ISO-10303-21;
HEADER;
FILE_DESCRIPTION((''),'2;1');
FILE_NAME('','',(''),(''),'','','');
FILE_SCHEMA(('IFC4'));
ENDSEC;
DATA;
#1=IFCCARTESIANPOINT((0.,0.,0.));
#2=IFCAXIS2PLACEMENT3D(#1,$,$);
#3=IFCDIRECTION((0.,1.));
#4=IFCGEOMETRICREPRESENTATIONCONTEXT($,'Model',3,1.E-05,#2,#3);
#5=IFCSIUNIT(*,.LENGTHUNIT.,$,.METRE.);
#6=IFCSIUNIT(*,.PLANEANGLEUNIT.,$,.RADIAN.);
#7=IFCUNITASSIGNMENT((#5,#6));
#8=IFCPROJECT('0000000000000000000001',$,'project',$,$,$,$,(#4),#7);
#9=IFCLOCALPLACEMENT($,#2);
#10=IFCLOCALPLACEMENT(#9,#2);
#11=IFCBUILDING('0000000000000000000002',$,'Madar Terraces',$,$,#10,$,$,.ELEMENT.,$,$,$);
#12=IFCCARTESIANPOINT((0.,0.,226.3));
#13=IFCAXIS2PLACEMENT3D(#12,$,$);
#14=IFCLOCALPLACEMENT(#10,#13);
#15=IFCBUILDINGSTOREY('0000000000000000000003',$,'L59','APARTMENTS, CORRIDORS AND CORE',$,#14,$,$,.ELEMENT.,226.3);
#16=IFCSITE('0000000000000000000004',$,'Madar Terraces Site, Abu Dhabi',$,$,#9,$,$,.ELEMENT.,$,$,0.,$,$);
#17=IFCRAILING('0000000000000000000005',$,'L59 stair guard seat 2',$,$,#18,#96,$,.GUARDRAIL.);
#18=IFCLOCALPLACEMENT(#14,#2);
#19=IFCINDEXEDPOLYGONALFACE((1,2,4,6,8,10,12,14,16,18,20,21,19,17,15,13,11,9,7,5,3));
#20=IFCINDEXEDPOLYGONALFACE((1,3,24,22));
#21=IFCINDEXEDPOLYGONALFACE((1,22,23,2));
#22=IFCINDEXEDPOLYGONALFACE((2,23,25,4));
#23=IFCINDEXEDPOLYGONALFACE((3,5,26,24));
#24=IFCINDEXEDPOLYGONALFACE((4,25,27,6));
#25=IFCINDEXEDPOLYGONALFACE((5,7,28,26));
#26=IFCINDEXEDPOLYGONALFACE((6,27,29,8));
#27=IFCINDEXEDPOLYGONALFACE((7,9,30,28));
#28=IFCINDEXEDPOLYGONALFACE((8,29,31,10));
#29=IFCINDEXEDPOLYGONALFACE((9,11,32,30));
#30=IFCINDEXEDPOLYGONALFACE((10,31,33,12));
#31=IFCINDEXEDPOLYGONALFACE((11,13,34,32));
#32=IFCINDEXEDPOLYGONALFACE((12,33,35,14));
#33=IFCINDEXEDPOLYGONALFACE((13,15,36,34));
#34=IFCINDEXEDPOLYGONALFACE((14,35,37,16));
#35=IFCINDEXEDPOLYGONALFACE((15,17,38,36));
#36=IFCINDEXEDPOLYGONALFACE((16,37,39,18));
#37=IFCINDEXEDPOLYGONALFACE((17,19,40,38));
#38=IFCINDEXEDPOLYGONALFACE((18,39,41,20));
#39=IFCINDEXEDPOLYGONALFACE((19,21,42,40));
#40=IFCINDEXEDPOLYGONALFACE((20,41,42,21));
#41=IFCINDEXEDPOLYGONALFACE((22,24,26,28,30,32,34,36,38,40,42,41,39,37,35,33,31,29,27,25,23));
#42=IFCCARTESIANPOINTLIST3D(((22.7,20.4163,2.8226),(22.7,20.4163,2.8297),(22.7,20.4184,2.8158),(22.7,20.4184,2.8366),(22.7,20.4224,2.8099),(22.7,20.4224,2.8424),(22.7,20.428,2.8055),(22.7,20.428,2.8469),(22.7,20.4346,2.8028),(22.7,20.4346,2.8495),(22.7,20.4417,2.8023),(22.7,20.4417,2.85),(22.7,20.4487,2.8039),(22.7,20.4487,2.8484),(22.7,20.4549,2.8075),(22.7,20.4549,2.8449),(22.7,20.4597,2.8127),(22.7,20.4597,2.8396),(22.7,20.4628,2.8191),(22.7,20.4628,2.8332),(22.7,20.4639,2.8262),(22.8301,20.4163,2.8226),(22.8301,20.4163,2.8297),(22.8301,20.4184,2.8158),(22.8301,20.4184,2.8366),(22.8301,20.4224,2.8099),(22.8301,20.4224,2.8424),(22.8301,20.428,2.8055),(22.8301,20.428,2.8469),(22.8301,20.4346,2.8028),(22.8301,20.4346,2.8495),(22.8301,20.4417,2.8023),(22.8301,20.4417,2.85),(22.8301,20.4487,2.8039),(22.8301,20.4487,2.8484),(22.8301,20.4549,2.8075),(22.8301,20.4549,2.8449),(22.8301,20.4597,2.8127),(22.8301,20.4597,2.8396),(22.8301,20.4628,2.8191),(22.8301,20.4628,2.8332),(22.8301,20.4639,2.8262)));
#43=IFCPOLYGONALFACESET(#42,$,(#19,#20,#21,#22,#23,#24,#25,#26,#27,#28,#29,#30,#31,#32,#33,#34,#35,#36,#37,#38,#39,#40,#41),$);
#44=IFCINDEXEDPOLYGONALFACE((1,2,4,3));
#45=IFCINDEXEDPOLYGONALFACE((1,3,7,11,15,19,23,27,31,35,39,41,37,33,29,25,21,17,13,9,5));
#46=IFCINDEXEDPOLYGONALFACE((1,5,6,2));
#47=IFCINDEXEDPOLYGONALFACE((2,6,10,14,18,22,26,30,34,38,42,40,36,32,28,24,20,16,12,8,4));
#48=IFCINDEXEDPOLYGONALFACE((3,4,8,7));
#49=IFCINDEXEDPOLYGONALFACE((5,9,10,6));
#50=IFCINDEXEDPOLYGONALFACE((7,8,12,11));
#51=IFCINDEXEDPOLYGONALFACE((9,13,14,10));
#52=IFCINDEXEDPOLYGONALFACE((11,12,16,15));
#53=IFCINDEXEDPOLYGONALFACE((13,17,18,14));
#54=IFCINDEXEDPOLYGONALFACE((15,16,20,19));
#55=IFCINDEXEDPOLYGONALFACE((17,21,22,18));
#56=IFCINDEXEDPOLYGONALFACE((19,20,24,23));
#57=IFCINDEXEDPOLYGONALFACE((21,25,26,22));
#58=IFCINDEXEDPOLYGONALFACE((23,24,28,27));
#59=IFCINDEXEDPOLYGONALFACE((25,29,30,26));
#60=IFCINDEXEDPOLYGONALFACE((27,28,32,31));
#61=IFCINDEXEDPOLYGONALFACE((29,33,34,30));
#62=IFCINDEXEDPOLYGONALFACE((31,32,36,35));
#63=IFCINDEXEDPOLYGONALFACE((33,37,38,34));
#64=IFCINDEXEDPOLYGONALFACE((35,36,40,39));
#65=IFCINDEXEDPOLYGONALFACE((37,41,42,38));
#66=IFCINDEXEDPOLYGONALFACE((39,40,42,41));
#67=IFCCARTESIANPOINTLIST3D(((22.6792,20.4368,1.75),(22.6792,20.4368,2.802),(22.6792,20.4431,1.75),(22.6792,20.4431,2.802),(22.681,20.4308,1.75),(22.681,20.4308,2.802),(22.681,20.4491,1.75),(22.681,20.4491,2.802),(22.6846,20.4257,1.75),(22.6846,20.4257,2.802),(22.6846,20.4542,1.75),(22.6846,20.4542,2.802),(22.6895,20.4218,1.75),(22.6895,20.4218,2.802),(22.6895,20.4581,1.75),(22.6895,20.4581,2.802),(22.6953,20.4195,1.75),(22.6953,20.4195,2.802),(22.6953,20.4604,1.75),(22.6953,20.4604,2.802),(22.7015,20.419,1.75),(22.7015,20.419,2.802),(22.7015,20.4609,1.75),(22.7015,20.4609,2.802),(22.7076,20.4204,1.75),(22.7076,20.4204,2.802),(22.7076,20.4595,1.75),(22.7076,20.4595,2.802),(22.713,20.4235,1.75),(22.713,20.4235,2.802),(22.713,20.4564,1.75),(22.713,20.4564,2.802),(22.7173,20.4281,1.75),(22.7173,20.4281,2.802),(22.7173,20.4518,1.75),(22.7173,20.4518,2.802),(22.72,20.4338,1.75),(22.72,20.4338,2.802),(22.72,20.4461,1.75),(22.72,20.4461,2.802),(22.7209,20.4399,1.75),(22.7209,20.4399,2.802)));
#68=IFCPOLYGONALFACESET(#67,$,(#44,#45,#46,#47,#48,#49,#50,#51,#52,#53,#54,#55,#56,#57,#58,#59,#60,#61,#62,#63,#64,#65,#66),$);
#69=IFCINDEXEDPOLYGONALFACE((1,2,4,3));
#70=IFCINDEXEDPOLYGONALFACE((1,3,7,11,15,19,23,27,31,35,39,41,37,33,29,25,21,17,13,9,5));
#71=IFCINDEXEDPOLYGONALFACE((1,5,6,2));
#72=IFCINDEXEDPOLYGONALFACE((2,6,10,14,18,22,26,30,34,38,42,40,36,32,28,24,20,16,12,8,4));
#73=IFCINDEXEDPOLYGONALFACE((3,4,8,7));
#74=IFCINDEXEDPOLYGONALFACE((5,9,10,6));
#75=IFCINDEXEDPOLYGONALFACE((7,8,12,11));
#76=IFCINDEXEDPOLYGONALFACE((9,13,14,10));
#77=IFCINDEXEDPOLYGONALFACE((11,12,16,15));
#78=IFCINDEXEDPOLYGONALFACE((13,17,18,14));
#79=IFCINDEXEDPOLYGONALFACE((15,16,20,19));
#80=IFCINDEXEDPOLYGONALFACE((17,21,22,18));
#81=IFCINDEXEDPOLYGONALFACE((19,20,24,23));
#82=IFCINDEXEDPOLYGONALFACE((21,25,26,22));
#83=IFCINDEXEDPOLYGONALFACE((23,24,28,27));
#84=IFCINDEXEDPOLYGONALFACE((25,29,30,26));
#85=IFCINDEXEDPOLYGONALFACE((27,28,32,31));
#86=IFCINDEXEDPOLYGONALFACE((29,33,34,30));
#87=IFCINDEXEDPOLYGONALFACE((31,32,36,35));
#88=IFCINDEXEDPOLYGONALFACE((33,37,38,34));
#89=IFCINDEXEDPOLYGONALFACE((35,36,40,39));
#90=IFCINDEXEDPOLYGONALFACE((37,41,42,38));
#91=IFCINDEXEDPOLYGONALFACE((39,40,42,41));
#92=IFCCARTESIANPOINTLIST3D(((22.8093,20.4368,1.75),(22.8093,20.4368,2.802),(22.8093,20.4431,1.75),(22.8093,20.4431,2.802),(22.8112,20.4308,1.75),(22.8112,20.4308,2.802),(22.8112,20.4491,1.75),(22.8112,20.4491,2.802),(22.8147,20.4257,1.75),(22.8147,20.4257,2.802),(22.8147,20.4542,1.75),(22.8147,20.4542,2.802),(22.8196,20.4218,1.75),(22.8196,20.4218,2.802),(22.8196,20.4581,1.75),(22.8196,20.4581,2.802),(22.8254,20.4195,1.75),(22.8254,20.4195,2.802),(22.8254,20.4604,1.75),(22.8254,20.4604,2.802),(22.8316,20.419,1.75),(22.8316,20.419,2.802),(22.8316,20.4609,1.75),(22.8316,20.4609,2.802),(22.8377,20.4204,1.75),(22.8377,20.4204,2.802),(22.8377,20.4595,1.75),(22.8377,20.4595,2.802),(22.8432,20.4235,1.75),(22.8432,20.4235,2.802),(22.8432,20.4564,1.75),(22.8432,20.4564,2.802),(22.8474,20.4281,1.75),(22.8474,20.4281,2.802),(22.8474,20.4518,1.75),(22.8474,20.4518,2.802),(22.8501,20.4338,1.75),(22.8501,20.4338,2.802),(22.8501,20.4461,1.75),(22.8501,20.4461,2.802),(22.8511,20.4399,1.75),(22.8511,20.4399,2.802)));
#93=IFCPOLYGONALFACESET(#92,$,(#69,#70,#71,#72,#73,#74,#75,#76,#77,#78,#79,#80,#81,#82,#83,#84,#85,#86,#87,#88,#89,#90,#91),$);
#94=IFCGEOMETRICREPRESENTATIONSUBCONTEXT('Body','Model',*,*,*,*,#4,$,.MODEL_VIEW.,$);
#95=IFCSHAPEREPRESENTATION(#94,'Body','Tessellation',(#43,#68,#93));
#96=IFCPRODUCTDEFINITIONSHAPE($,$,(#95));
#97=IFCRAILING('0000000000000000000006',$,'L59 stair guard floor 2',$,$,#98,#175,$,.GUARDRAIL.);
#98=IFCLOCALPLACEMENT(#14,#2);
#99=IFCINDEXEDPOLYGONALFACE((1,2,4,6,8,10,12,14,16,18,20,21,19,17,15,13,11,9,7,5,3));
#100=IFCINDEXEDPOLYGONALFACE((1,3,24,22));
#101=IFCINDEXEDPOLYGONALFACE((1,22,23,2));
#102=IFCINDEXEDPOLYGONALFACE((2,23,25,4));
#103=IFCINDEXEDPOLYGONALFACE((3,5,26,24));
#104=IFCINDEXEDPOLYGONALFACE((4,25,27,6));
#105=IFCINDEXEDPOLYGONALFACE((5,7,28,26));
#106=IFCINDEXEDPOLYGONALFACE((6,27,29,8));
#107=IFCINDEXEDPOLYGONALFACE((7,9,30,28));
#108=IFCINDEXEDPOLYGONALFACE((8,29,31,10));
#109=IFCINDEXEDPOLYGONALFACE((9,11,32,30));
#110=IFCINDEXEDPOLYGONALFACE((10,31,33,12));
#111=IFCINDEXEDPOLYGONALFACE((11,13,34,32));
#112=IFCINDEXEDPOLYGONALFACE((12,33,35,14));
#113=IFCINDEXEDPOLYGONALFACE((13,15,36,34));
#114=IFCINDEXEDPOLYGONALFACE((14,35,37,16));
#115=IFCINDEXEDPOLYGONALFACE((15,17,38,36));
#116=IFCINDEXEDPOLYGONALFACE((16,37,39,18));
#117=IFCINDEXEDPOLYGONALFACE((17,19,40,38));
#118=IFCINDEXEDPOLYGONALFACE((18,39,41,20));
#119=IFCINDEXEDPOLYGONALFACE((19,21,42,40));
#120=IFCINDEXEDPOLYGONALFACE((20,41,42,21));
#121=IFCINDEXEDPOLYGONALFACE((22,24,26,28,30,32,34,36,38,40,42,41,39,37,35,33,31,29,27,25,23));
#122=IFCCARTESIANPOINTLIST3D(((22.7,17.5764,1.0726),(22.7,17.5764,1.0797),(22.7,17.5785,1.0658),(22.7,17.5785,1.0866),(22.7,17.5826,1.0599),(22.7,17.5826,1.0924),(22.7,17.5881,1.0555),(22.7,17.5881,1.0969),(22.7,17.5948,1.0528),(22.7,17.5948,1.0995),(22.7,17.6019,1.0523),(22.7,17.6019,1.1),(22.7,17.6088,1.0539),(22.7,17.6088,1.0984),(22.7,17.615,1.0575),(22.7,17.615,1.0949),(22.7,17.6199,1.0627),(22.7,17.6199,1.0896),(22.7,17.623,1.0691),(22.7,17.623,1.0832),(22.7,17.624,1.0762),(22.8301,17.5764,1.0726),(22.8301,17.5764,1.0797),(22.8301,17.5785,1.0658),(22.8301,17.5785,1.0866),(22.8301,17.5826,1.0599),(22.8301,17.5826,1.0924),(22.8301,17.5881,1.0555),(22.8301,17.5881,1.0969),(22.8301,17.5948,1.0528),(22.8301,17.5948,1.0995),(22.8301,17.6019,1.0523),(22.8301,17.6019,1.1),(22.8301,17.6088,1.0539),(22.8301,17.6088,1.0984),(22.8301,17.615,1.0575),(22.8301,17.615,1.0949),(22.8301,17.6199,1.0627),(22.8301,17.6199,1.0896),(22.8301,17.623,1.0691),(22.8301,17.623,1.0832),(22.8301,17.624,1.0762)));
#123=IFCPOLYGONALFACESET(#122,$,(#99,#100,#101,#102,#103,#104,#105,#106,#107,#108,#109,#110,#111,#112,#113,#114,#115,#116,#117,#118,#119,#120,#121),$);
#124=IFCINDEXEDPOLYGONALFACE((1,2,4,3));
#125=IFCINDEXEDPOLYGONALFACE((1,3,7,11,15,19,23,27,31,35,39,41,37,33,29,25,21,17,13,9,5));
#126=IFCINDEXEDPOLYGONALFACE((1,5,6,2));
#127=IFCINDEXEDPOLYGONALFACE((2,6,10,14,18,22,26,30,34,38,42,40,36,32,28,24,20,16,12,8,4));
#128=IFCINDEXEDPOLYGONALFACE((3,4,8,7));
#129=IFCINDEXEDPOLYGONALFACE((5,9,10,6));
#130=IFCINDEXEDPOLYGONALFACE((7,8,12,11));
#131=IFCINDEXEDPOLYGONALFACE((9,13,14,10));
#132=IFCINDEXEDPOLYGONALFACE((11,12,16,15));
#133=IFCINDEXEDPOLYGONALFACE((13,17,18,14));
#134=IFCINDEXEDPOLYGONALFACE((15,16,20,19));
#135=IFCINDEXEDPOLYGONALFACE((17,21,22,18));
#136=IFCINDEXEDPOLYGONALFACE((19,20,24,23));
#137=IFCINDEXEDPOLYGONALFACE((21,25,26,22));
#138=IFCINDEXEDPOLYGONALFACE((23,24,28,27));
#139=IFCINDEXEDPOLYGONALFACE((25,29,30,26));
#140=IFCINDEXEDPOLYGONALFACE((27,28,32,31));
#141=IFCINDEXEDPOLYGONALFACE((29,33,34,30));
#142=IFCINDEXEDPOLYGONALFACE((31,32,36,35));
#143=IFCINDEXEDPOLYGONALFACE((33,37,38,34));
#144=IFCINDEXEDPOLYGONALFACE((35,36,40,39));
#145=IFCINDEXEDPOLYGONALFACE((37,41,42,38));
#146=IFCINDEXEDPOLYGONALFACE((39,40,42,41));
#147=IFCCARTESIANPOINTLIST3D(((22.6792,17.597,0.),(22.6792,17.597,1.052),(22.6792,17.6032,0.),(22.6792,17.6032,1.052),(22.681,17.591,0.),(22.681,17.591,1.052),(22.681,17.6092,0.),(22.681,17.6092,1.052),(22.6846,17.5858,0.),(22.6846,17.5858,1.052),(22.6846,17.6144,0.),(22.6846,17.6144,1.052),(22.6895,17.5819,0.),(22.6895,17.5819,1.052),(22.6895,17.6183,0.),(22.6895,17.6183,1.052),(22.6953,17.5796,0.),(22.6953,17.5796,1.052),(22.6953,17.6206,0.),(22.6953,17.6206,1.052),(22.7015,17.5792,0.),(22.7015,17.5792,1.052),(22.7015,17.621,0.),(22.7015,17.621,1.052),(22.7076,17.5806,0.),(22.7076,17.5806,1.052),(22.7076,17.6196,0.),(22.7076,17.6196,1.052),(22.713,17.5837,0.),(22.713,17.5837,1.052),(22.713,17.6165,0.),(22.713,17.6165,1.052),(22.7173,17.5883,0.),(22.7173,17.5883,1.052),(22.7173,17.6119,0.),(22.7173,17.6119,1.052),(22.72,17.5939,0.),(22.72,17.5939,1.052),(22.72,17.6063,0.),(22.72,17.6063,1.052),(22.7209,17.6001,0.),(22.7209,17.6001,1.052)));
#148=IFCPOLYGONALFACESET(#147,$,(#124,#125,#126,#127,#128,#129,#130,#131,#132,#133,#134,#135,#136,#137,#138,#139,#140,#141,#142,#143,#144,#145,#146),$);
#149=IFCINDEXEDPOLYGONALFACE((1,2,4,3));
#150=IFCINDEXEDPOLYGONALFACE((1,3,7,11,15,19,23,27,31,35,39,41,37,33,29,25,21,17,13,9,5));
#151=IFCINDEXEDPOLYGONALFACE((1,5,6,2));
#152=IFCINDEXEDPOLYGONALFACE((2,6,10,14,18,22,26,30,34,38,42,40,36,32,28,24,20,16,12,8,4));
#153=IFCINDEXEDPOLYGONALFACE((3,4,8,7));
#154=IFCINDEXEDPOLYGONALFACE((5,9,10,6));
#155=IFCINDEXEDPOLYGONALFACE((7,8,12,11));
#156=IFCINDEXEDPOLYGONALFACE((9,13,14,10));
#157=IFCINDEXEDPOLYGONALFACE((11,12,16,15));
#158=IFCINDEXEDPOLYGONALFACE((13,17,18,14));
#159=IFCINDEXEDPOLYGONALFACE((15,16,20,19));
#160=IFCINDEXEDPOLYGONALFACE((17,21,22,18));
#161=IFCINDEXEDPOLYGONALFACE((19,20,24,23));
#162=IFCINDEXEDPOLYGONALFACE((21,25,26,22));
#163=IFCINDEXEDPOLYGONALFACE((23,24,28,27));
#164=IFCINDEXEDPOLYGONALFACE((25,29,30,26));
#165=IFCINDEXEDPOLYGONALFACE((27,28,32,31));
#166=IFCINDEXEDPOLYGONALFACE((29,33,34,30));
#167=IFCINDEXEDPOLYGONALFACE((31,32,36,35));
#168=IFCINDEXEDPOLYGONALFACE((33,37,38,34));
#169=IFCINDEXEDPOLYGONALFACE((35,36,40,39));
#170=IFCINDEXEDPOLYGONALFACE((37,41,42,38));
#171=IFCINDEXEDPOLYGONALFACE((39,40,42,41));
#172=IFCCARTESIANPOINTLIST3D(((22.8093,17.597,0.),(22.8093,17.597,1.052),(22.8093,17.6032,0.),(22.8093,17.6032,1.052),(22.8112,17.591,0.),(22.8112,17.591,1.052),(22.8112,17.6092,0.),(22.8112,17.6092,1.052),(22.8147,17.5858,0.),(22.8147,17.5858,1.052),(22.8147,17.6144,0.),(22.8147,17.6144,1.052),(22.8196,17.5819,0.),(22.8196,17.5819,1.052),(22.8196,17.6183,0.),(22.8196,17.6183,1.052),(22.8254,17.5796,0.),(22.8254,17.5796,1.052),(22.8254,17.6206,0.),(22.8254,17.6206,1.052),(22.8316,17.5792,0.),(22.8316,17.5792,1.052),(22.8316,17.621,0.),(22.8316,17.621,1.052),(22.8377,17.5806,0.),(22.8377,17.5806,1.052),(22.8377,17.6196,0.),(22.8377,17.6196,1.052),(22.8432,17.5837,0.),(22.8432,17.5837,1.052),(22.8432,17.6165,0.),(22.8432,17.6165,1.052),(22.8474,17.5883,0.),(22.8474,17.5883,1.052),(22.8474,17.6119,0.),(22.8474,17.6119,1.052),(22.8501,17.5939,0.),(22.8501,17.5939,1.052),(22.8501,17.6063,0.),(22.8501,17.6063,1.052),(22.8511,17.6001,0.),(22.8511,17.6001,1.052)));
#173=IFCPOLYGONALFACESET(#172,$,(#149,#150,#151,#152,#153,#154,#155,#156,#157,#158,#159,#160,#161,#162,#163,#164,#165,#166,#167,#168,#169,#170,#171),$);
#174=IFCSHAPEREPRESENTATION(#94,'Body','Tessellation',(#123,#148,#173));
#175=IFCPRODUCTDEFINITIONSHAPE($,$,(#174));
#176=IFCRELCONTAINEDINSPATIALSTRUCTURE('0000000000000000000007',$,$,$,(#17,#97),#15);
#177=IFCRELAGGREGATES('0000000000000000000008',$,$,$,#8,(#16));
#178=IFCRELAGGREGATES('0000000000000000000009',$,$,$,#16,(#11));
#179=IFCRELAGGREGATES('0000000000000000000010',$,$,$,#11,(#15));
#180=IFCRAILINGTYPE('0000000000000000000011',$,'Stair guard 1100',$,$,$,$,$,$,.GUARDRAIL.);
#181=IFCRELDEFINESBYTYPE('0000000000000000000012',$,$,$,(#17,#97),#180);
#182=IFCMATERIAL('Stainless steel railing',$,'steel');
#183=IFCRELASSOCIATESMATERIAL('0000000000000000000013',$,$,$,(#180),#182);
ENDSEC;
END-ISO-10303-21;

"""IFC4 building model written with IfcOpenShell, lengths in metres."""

from ifc_helpers import new_model, si_unit, direction, frame, origin, origin_2d, place, context, subcontext, project, spatial, circle, extrude, material, type_object, element, save


model = new_model("IFC4")

# Units and contexts
model_context = context("Model", 3, precision=1e-05, world=origin(), true_north=direction((0.0, 1.0)))
body_context = subcontext(model_context, "Body", "Model", "MODEL_VIEW")
ifc_project = project(units=[si_unit("LENGTHUNIT", "METRE"), si_unit("PLANEANGLEUNIT", "RADIAN")], contexts=[model_context])

# Site, building, storey
site_placement = place(None, origin())
site = spatial("IfcSite", under=ifc_project, at=site_placement, Name="Madar Terraces Site, Abu Dhabi", CompositionType="ELEMENT", RefElevation=0.0)
building_placement = place(site_placement, origin())
building = spatial("IfcBuilding", under=site, at=building_placement, Name="Madar Terraces", CompositionType="ELEMENT")
storey_placement = place(building_placement, frame((0.0, 0.0, 226.3)))
storey = spatial("IfcBuildingStorey", under=building, at=storey_placement, Name="L59", Description="APARTMENTS, CORRIDORS AND CORE", CompositionType="ELEMENT", Elevation=226.3)

# Railings
ifc_material_1 = material(Name="Stainless steel railing", Category="steel")
railing_type_1 = type_object("IfcRailingType", Name="Stair guard 1100", PredefinedType="GUARDRAIL", material=ifc_material_1)
for number, where, name in (
    (1, (22.7, 20.4399, 1.75), "L59 stair guard seat 2"),
    (2, (22.7, 17.6001, 0.0), "L59 stair guard floor 2"),
):
    element("IfcRailing", number, at=place(storey_placement, frame(where)), inside=storey, type_object=railing_type_1, Name=name, PredefinedType="GUARDRAIL", context=body_context, shape_type="SweptSolid", body=[
        extrude(circle(Radius=0.0239, at=origin_2d()), frame((0.0, 0.0, 1.0762), z_axis=(1.0, 0.0, 0.0), x_axis=(0.0, 1.0, 0.0)), (0.0, 0.0, 1.0), 0.1301),
        extrude(circle(Radius=0.021, at=origin_2d()), origin(), (0.0, 0.0, 1.0), 1.052),
        extrude(circle(Radius=0.021, at=origin_2d()), frame((0.1301, 0.0, 0.0)), (0.0, 0.0, 1.0), 1.052),
    ])

save(model, "model.ifc")
